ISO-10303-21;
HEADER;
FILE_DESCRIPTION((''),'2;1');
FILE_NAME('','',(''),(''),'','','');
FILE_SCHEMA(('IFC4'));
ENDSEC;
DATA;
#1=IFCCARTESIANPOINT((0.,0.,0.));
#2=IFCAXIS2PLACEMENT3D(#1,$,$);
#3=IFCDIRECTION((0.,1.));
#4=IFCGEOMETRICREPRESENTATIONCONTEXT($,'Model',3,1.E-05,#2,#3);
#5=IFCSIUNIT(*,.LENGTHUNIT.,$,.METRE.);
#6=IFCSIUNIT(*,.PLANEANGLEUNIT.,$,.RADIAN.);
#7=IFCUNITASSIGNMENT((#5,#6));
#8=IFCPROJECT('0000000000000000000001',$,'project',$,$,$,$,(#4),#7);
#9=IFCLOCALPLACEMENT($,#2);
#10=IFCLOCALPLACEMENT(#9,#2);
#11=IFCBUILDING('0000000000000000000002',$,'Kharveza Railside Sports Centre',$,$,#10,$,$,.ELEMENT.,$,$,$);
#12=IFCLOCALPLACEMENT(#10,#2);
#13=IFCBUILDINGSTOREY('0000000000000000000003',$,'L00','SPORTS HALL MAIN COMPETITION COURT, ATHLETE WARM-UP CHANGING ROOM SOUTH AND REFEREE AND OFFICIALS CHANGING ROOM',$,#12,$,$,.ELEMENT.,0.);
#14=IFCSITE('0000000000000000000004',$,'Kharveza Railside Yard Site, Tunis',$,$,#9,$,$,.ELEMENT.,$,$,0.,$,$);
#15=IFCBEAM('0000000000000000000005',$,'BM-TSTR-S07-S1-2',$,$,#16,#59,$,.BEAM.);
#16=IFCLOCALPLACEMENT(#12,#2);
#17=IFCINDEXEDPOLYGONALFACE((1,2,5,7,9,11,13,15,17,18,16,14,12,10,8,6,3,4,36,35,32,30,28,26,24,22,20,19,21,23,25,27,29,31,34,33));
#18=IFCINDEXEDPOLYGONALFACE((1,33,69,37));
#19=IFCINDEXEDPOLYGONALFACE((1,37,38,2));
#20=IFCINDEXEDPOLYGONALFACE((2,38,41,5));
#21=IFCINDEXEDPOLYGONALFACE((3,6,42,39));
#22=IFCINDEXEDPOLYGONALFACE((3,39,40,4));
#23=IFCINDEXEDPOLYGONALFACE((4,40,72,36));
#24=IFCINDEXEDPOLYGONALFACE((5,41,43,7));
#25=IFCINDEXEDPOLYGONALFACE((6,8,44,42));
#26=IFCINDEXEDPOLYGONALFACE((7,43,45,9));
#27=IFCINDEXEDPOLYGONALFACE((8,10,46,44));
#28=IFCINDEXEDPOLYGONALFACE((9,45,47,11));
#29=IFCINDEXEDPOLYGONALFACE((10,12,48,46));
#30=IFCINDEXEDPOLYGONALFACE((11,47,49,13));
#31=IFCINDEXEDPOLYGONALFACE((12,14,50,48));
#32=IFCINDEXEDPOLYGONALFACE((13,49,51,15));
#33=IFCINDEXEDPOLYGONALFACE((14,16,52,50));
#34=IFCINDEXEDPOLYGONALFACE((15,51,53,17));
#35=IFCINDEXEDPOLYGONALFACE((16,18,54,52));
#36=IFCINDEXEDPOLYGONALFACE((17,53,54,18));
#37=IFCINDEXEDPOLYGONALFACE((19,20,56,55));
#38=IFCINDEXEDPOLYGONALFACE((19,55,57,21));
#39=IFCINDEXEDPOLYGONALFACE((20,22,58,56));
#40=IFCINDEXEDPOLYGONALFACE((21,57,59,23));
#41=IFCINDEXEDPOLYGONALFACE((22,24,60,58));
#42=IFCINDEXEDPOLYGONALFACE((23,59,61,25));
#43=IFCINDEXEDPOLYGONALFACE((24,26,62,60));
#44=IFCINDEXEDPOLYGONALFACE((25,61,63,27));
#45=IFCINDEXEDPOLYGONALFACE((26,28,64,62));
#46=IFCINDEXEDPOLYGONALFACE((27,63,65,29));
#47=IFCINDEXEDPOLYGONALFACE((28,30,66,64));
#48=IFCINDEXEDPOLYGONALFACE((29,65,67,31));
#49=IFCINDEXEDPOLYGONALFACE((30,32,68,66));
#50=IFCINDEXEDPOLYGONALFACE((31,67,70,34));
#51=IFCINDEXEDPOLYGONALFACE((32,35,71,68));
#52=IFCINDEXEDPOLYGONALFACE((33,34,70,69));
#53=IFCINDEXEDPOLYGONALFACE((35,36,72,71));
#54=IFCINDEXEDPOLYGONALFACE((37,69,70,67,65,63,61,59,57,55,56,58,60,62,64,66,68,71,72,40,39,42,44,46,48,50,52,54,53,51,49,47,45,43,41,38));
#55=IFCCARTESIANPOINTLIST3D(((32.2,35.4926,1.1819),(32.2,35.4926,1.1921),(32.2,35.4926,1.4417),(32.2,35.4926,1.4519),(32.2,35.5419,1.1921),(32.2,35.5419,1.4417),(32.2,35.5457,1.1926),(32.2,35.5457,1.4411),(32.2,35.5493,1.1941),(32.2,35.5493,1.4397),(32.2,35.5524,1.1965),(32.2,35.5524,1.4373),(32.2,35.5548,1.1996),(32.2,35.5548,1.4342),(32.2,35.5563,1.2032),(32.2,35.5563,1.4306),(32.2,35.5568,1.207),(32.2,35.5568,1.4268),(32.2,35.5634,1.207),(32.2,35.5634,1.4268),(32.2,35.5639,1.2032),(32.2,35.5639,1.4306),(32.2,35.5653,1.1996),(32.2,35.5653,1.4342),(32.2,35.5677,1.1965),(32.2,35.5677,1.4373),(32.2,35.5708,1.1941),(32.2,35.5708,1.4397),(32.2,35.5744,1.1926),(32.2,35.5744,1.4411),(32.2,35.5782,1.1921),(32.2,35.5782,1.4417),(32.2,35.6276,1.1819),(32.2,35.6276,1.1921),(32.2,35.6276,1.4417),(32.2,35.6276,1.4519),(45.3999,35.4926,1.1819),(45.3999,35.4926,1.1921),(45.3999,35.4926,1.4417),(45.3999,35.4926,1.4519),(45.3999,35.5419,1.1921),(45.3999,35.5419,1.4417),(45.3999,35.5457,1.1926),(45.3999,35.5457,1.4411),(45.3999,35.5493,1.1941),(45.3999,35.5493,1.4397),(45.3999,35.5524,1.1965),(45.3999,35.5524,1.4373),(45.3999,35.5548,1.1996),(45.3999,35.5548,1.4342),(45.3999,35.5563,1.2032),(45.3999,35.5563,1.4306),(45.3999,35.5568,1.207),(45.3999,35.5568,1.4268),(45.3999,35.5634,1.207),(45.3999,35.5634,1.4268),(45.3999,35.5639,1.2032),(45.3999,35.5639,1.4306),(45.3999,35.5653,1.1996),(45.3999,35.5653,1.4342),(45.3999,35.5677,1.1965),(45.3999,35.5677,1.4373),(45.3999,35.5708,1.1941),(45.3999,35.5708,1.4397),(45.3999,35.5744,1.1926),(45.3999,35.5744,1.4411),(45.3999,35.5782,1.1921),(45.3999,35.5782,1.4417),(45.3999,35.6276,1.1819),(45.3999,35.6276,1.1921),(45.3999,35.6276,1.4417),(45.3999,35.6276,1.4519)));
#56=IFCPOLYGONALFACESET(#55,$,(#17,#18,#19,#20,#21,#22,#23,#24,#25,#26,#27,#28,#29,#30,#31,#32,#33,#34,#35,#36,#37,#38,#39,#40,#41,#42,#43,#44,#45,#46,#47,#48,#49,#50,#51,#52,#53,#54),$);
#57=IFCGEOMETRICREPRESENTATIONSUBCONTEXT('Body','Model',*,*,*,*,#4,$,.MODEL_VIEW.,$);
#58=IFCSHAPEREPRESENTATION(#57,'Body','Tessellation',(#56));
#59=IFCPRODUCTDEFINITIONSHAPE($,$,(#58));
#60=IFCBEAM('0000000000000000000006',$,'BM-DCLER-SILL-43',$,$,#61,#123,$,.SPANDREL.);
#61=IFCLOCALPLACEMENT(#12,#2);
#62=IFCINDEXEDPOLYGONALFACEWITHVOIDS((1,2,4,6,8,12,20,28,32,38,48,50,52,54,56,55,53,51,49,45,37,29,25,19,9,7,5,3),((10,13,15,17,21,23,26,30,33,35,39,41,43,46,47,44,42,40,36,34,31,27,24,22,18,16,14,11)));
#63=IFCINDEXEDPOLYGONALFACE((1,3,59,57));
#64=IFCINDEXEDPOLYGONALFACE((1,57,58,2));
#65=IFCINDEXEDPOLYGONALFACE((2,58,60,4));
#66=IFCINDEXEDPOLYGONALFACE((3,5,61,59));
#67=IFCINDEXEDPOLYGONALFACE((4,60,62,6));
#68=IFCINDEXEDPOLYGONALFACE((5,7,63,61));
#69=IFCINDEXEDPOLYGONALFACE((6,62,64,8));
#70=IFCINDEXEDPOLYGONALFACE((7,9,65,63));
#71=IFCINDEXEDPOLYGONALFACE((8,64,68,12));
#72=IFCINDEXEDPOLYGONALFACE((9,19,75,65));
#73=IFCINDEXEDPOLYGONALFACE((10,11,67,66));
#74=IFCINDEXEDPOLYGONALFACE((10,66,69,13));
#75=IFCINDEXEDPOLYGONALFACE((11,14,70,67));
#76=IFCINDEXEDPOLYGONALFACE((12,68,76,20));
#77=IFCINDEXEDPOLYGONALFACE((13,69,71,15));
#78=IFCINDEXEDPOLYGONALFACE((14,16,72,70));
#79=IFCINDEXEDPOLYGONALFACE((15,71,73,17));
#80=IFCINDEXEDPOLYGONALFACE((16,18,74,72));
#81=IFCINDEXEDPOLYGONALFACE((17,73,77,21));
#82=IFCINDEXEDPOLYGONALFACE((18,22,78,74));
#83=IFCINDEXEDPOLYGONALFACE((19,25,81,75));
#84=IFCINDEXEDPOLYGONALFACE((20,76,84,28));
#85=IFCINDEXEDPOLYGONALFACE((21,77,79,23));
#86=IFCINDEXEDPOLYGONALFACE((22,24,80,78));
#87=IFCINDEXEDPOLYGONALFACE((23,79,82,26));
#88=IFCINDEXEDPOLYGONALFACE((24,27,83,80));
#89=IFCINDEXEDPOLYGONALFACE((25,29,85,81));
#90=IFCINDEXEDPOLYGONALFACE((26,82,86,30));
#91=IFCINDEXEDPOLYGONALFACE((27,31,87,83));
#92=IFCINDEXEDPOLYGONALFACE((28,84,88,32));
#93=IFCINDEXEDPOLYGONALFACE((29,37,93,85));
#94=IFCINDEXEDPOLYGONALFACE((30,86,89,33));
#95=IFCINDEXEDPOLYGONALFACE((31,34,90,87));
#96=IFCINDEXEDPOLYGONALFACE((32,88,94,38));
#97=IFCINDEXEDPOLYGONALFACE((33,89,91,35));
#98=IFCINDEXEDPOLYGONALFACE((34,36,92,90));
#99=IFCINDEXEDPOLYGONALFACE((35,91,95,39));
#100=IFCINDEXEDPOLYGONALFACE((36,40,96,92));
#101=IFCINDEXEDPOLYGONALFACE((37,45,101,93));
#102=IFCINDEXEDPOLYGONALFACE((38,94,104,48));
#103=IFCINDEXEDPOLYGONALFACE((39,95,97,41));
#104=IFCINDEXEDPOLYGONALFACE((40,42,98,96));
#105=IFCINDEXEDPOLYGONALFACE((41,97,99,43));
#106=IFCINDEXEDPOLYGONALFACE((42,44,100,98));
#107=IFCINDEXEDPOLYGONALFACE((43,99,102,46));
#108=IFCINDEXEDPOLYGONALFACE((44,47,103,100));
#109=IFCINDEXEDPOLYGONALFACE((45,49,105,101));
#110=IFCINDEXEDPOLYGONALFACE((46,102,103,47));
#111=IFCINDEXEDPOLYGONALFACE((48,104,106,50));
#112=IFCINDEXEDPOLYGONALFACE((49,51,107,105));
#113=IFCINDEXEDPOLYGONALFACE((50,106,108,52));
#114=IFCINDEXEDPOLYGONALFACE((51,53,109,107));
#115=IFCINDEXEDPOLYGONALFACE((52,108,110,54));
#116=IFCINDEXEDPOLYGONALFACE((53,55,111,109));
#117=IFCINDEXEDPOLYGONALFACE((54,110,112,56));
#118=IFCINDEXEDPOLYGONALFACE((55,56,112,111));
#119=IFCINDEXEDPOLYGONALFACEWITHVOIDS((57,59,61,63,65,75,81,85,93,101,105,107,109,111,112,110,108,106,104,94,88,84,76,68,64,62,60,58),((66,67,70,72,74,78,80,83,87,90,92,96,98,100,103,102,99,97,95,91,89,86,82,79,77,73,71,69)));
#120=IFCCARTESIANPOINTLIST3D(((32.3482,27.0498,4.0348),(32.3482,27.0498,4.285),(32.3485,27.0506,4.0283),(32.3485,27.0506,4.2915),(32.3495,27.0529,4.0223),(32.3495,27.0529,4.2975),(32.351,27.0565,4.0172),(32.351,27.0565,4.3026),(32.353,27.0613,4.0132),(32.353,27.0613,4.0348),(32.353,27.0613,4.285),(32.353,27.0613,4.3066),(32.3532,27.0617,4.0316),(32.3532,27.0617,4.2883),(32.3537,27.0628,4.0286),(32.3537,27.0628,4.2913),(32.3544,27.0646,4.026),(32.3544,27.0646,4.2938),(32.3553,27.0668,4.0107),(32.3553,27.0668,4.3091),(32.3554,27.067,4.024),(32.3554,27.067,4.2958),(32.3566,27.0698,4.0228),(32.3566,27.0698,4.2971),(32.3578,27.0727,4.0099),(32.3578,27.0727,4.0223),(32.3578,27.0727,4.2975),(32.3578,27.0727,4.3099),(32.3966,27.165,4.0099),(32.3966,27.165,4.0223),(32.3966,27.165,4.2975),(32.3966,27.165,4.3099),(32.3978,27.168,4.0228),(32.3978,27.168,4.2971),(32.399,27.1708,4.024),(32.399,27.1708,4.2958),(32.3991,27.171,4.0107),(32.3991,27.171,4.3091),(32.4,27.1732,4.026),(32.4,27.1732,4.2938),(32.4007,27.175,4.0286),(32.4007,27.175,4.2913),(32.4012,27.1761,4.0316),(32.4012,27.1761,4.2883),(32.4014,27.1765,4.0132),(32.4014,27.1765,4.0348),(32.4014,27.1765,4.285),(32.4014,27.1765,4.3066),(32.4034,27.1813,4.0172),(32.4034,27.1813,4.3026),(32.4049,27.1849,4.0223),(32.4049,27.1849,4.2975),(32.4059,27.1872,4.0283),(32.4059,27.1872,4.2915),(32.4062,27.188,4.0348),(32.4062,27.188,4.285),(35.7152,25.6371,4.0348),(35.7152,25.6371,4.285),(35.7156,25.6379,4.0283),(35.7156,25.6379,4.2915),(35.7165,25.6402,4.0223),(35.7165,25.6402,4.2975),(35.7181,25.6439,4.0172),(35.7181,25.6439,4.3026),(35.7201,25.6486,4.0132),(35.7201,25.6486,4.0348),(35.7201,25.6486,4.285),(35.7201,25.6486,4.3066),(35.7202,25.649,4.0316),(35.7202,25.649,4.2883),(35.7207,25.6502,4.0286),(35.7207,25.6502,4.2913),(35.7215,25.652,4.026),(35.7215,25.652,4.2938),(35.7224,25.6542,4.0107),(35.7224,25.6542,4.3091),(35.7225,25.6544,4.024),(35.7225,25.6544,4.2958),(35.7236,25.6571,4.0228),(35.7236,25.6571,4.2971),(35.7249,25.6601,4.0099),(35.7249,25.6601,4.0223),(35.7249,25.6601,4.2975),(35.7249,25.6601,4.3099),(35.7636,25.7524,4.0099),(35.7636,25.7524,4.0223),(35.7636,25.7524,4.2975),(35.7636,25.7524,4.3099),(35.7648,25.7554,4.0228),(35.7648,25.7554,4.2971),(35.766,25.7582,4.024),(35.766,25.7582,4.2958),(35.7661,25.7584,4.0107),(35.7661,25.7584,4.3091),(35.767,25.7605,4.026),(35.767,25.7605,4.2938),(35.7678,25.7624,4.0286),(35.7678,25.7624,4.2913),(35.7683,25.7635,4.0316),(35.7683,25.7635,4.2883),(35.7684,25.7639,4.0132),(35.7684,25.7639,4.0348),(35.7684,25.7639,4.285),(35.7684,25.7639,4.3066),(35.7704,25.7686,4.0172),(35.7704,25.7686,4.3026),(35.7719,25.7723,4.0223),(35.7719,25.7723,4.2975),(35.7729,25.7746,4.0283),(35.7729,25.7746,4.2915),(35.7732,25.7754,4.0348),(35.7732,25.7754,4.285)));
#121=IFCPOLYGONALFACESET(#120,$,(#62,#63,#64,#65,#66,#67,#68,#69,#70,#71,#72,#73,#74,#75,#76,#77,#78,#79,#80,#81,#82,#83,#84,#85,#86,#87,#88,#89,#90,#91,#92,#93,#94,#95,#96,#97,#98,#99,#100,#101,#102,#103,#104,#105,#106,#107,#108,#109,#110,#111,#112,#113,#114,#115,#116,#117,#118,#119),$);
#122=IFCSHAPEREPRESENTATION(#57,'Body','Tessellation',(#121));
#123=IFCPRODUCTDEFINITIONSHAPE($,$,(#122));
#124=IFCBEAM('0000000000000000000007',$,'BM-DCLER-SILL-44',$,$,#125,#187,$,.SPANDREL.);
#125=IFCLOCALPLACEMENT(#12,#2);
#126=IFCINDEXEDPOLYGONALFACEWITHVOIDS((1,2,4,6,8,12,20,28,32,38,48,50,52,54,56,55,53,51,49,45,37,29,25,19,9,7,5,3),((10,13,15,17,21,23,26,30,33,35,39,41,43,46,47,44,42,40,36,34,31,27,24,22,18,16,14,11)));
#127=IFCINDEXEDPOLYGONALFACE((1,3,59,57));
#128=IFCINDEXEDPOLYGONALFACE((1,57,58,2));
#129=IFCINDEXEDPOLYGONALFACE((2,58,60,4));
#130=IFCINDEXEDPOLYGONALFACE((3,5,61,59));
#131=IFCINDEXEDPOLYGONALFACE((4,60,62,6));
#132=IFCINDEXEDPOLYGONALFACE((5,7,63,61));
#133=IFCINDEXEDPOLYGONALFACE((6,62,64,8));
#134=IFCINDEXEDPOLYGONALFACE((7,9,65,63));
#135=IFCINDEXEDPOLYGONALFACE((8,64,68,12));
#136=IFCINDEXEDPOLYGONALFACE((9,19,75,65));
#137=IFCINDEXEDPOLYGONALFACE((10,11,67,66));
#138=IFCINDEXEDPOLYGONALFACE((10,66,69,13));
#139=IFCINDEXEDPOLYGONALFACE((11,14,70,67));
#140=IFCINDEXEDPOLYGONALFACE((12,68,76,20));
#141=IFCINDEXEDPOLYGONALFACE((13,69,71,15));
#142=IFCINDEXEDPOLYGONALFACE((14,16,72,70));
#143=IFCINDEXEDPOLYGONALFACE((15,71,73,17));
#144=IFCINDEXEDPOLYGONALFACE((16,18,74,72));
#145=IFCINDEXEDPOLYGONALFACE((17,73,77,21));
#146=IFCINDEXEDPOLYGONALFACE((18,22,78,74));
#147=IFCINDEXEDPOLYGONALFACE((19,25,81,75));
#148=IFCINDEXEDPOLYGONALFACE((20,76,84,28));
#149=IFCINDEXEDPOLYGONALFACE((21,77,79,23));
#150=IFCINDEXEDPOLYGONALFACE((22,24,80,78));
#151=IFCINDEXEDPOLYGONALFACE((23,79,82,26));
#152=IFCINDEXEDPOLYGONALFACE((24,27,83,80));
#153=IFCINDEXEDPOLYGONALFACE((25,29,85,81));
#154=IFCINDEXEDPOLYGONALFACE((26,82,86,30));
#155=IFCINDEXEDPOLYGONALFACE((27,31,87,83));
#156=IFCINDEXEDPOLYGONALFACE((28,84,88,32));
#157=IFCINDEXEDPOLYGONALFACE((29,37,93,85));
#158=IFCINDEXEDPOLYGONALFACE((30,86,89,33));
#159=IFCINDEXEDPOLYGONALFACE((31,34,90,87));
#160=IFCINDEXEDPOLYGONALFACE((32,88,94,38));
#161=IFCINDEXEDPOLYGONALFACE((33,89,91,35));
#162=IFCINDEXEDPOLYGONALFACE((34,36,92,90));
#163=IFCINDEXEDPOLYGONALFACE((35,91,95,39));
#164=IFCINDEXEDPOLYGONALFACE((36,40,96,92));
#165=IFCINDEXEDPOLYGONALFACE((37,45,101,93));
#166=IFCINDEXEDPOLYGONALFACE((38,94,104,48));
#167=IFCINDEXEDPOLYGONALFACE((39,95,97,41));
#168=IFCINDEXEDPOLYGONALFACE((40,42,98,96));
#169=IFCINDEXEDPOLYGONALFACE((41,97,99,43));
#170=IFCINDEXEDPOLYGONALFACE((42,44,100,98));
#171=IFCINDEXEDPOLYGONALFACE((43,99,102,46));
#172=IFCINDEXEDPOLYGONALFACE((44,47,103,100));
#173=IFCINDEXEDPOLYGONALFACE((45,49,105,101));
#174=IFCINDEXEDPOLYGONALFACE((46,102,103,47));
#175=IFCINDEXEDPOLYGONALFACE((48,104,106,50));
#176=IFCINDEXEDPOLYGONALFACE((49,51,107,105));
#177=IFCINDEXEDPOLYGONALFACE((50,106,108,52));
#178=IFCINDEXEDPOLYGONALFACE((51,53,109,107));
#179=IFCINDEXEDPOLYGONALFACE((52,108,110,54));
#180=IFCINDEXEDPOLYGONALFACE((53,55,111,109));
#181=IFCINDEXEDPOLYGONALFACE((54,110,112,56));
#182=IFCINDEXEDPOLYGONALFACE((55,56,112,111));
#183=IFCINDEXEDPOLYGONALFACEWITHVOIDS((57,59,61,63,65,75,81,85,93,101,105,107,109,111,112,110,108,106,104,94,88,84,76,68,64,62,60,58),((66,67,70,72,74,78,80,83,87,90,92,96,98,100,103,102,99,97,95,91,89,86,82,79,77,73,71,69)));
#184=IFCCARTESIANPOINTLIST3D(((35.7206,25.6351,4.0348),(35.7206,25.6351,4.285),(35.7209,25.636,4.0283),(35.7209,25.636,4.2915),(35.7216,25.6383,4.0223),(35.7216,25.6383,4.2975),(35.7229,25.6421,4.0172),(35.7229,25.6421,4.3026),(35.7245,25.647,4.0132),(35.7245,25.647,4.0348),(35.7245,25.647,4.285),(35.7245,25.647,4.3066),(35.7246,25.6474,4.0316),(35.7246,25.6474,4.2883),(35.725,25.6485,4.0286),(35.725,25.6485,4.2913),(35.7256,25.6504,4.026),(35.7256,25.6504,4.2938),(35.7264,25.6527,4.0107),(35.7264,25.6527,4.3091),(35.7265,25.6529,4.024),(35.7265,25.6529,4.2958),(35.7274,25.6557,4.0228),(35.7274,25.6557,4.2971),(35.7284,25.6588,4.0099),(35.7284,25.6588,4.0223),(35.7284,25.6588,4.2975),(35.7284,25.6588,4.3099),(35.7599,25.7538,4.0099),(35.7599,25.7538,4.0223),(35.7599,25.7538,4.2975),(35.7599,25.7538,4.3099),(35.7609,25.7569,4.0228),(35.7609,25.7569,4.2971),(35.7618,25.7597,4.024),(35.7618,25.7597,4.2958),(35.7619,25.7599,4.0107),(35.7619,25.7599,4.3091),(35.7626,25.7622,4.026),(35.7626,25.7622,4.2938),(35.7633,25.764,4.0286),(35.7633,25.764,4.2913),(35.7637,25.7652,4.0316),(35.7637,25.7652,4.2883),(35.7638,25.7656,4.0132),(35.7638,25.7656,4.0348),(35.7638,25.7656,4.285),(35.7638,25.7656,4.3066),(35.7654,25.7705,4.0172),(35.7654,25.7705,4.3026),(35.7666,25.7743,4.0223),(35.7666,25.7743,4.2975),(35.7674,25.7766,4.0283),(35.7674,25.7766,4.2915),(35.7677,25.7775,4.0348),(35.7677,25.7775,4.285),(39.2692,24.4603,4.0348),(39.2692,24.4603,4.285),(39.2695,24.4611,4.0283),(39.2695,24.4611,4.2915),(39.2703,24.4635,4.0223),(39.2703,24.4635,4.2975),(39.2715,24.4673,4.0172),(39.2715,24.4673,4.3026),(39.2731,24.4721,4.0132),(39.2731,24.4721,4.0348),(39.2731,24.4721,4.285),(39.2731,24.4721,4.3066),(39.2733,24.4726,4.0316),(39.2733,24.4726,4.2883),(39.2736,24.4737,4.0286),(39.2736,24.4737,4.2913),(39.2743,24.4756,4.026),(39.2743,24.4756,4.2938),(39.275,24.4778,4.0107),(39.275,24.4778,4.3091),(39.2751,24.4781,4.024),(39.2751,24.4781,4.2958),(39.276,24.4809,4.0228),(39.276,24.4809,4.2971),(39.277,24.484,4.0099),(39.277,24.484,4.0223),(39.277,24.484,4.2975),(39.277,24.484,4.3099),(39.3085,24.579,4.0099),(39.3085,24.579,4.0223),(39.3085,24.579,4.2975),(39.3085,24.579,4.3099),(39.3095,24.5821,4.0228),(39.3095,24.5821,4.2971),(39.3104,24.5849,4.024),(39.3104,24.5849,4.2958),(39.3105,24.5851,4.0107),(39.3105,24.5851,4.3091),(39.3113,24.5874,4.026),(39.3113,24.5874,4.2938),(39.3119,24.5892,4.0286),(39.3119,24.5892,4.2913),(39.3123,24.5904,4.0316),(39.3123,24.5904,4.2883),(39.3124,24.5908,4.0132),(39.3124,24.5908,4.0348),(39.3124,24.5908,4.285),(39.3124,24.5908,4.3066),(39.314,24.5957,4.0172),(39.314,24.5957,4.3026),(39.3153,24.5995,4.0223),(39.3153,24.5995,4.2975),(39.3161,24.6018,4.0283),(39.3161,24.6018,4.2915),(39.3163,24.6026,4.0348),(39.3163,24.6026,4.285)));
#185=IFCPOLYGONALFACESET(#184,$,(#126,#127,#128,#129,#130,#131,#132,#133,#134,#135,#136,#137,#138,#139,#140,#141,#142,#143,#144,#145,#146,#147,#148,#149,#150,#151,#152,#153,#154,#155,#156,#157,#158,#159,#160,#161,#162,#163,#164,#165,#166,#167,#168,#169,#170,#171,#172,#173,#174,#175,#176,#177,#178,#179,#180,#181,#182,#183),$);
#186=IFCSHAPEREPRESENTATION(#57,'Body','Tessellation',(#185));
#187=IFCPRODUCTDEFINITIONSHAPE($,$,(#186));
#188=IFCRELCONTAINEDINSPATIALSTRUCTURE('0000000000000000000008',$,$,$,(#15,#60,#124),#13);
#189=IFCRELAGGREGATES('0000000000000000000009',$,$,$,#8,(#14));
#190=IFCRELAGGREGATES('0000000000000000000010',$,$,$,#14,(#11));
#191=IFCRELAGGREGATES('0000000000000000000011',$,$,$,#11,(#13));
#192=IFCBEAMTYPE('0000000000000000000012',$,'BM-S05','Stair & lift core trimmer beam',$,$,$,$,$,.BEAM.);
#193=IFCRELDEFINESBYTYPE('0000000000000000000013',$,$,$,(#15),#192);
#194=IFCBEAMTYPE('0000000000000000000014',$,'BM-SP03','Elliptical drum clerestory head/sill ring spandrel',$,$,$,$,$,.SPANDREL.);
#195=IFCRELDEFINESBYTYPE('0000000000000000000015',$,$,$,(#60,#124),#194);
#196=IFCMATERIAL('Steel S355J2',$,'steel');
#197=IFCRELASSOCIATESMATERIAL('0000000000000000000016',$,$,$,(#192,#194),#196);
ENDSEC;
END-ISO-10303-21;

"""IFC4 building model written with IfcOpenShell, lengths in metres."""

from ifc_helpers import new_model, si_unit, direction, frame, origin, origin_2d, place, context, subcontext, project, spatial, hollow_rectangle, i_section, extrude, material, material_profile, profile_set, type_object, element, save


model = new_model("IFC4")

# Units and contexts
model_context = context("Model", 3, precision=1e-05, world=origin(), true_north=direction((0.0, 1.0)))
body_context = subcontext(model_context, "Body", "Model", "MODEL_VIEW")
ifc_project = project(units=[si_unit("LENGTHUNIT", "METRE"), si_unit("PLANEANGLEUNIT", "RADIAN")], contexts=[model_context])

# Site, building, storey
site_placement = place(None, origin())
site = spatial("IfcSite", under=ifc_project, at=site_placement, Name="Kharveza Railside Yard Site, Tunis", CompositionType="ELEMENT", RefElevation=0.0)
building_placement = place(site_placement, origin())
building = spatial("IfcBuilding", under=site, at=building_placement, Name="Kharveza Railside Sports Centre", CompositionType="ELEMENT")
storey_placement = place(building_placement, origin())
storey = spatial("IfcBuildingStorey", under=building, at=storey_placement, Name="L00", Description="SPORTS HALL MAIN COMPETITION COURT, ATHLETE WARM-UP CHANGING ROOM SOUTH AND REFEREE AND OFFICIALS CHANGING ROOM", CompositionType="ELEMENT", Elevation=0.0)

# Shared definitions
ifc_material_1 = material(Name="Steel S355J2", Category="steel")

# Beams
ifc_material_profile_1 = material_profile(ifc_material_1, i_section(OverallWidth=0.135, OverallDepth=0.27, WebThickness=0.0066, FlangeThickness=0.0103, FilletRadius=0.0149, at=origin_2d()), Name="IPE 270")
ifc_profile_set_1 = profile_set([ifc_material_profile_1], Name="Steel S355J2")
beam_type_1 = type_object("IfcBeamType", Name="BM-S05", Description="Stair & lift core trimmer beam", PredefinedType="BEAM", material=ifc_profile_set_1)
for number, where, z_axis, x_axis, name in (
    (1, (32.2, 35.5601, 1.3169), (1.0, 0.0, 0.0), (0.0, 1.0, 0.0), "BM-TSTR-S07-S1-2"),
):
    element("IfcBeam", number, at=place(storey_placement, frame(where, z_axis=z_axis, x_axis=x_axis)), inside=storey, type_object=beam_type_1, Name=name, PredefinedType="BEAM", context=body_context, shape_type="SweptSolid", body=[
        extrude(i_section(OverallWidth=0.135, OverallDepth=0.27, WebThickness=0.0066, FlangeThickness=0.0103, FilletRadius=0.0149, at=origin_2d()), origin(), (0.0, 0.0, 1.0), 13.2),
    ])
ifc_material_profile_2 = material_profile(ifc_material_1, hollow_rectangle(XDim=0.1499, YDim=0.3, WallThickness=0.0125, InnerFilletRadius=0.0125, OuterFilletRadius=0.0249, at=origin_2d()), Name="RHS 150x300x12.5")
ifc_profile_set_2 = profile_set([ifc_material_profile_2], Name="Steel S355J2")
beam_type_2 = type_object("IfcBeamType", Name="BM-SP03", Description="Elliptical drum clerestory head/sill ring spandrel", PredefinedType="SPANDREL", material=ifc_profile_set_2)
beam_1_placement = place(storey_placement, frame((32.3772, 27.1189, 4.1599), z_axis=(0.922131, -0.386879, 0.0), x_axis=(0.386879, 0.922131, 0.0)))
element("IfcBeam", 2, at=beam_1_placement, inside=storey, type_object=beam_type_2, Name="BM-DCLER-SILL-43", PredefinedType="SPANDREL", context=body_context, shape_type="SweptSolid", body=[
    extrude(hollow_rectangle(XDim=0.1499, YDim=0.3, WallThickness=0.0125, InnerFilletRadius=0.0125, OuterFilletRadius=0.0249, at=origin_2d()), origin(), (0.0, 0.0, 1.0), 3.6514),
])
beam_2_placement = place(storey_placement, frame((35.7441, 25.7063, 4.1599), z_axis=(0.949328, -0.314287, 0.0), x_axis=(0.314287, 0.949328, 0.0)))
element("IfcBeam", 3, at=beam_2_placement, inside=storey, type_object=beam_type_2, Name="BM-DCLER-SILL-44", PredefinedType="SPANDREL", context=body_context, shape_type="SweptSolid", body=[
    extrude(hollow_rectangle(XDim=0.1499, YDim=0.3, WallThickness=0.0125, InnerFilletRadius=0.0125, OuterFilletRadius=0.0249, at=origin_2d()), origin(), (0.0, 0.0, 1.0), 3.738),
])

save(model, "model.ifc")
